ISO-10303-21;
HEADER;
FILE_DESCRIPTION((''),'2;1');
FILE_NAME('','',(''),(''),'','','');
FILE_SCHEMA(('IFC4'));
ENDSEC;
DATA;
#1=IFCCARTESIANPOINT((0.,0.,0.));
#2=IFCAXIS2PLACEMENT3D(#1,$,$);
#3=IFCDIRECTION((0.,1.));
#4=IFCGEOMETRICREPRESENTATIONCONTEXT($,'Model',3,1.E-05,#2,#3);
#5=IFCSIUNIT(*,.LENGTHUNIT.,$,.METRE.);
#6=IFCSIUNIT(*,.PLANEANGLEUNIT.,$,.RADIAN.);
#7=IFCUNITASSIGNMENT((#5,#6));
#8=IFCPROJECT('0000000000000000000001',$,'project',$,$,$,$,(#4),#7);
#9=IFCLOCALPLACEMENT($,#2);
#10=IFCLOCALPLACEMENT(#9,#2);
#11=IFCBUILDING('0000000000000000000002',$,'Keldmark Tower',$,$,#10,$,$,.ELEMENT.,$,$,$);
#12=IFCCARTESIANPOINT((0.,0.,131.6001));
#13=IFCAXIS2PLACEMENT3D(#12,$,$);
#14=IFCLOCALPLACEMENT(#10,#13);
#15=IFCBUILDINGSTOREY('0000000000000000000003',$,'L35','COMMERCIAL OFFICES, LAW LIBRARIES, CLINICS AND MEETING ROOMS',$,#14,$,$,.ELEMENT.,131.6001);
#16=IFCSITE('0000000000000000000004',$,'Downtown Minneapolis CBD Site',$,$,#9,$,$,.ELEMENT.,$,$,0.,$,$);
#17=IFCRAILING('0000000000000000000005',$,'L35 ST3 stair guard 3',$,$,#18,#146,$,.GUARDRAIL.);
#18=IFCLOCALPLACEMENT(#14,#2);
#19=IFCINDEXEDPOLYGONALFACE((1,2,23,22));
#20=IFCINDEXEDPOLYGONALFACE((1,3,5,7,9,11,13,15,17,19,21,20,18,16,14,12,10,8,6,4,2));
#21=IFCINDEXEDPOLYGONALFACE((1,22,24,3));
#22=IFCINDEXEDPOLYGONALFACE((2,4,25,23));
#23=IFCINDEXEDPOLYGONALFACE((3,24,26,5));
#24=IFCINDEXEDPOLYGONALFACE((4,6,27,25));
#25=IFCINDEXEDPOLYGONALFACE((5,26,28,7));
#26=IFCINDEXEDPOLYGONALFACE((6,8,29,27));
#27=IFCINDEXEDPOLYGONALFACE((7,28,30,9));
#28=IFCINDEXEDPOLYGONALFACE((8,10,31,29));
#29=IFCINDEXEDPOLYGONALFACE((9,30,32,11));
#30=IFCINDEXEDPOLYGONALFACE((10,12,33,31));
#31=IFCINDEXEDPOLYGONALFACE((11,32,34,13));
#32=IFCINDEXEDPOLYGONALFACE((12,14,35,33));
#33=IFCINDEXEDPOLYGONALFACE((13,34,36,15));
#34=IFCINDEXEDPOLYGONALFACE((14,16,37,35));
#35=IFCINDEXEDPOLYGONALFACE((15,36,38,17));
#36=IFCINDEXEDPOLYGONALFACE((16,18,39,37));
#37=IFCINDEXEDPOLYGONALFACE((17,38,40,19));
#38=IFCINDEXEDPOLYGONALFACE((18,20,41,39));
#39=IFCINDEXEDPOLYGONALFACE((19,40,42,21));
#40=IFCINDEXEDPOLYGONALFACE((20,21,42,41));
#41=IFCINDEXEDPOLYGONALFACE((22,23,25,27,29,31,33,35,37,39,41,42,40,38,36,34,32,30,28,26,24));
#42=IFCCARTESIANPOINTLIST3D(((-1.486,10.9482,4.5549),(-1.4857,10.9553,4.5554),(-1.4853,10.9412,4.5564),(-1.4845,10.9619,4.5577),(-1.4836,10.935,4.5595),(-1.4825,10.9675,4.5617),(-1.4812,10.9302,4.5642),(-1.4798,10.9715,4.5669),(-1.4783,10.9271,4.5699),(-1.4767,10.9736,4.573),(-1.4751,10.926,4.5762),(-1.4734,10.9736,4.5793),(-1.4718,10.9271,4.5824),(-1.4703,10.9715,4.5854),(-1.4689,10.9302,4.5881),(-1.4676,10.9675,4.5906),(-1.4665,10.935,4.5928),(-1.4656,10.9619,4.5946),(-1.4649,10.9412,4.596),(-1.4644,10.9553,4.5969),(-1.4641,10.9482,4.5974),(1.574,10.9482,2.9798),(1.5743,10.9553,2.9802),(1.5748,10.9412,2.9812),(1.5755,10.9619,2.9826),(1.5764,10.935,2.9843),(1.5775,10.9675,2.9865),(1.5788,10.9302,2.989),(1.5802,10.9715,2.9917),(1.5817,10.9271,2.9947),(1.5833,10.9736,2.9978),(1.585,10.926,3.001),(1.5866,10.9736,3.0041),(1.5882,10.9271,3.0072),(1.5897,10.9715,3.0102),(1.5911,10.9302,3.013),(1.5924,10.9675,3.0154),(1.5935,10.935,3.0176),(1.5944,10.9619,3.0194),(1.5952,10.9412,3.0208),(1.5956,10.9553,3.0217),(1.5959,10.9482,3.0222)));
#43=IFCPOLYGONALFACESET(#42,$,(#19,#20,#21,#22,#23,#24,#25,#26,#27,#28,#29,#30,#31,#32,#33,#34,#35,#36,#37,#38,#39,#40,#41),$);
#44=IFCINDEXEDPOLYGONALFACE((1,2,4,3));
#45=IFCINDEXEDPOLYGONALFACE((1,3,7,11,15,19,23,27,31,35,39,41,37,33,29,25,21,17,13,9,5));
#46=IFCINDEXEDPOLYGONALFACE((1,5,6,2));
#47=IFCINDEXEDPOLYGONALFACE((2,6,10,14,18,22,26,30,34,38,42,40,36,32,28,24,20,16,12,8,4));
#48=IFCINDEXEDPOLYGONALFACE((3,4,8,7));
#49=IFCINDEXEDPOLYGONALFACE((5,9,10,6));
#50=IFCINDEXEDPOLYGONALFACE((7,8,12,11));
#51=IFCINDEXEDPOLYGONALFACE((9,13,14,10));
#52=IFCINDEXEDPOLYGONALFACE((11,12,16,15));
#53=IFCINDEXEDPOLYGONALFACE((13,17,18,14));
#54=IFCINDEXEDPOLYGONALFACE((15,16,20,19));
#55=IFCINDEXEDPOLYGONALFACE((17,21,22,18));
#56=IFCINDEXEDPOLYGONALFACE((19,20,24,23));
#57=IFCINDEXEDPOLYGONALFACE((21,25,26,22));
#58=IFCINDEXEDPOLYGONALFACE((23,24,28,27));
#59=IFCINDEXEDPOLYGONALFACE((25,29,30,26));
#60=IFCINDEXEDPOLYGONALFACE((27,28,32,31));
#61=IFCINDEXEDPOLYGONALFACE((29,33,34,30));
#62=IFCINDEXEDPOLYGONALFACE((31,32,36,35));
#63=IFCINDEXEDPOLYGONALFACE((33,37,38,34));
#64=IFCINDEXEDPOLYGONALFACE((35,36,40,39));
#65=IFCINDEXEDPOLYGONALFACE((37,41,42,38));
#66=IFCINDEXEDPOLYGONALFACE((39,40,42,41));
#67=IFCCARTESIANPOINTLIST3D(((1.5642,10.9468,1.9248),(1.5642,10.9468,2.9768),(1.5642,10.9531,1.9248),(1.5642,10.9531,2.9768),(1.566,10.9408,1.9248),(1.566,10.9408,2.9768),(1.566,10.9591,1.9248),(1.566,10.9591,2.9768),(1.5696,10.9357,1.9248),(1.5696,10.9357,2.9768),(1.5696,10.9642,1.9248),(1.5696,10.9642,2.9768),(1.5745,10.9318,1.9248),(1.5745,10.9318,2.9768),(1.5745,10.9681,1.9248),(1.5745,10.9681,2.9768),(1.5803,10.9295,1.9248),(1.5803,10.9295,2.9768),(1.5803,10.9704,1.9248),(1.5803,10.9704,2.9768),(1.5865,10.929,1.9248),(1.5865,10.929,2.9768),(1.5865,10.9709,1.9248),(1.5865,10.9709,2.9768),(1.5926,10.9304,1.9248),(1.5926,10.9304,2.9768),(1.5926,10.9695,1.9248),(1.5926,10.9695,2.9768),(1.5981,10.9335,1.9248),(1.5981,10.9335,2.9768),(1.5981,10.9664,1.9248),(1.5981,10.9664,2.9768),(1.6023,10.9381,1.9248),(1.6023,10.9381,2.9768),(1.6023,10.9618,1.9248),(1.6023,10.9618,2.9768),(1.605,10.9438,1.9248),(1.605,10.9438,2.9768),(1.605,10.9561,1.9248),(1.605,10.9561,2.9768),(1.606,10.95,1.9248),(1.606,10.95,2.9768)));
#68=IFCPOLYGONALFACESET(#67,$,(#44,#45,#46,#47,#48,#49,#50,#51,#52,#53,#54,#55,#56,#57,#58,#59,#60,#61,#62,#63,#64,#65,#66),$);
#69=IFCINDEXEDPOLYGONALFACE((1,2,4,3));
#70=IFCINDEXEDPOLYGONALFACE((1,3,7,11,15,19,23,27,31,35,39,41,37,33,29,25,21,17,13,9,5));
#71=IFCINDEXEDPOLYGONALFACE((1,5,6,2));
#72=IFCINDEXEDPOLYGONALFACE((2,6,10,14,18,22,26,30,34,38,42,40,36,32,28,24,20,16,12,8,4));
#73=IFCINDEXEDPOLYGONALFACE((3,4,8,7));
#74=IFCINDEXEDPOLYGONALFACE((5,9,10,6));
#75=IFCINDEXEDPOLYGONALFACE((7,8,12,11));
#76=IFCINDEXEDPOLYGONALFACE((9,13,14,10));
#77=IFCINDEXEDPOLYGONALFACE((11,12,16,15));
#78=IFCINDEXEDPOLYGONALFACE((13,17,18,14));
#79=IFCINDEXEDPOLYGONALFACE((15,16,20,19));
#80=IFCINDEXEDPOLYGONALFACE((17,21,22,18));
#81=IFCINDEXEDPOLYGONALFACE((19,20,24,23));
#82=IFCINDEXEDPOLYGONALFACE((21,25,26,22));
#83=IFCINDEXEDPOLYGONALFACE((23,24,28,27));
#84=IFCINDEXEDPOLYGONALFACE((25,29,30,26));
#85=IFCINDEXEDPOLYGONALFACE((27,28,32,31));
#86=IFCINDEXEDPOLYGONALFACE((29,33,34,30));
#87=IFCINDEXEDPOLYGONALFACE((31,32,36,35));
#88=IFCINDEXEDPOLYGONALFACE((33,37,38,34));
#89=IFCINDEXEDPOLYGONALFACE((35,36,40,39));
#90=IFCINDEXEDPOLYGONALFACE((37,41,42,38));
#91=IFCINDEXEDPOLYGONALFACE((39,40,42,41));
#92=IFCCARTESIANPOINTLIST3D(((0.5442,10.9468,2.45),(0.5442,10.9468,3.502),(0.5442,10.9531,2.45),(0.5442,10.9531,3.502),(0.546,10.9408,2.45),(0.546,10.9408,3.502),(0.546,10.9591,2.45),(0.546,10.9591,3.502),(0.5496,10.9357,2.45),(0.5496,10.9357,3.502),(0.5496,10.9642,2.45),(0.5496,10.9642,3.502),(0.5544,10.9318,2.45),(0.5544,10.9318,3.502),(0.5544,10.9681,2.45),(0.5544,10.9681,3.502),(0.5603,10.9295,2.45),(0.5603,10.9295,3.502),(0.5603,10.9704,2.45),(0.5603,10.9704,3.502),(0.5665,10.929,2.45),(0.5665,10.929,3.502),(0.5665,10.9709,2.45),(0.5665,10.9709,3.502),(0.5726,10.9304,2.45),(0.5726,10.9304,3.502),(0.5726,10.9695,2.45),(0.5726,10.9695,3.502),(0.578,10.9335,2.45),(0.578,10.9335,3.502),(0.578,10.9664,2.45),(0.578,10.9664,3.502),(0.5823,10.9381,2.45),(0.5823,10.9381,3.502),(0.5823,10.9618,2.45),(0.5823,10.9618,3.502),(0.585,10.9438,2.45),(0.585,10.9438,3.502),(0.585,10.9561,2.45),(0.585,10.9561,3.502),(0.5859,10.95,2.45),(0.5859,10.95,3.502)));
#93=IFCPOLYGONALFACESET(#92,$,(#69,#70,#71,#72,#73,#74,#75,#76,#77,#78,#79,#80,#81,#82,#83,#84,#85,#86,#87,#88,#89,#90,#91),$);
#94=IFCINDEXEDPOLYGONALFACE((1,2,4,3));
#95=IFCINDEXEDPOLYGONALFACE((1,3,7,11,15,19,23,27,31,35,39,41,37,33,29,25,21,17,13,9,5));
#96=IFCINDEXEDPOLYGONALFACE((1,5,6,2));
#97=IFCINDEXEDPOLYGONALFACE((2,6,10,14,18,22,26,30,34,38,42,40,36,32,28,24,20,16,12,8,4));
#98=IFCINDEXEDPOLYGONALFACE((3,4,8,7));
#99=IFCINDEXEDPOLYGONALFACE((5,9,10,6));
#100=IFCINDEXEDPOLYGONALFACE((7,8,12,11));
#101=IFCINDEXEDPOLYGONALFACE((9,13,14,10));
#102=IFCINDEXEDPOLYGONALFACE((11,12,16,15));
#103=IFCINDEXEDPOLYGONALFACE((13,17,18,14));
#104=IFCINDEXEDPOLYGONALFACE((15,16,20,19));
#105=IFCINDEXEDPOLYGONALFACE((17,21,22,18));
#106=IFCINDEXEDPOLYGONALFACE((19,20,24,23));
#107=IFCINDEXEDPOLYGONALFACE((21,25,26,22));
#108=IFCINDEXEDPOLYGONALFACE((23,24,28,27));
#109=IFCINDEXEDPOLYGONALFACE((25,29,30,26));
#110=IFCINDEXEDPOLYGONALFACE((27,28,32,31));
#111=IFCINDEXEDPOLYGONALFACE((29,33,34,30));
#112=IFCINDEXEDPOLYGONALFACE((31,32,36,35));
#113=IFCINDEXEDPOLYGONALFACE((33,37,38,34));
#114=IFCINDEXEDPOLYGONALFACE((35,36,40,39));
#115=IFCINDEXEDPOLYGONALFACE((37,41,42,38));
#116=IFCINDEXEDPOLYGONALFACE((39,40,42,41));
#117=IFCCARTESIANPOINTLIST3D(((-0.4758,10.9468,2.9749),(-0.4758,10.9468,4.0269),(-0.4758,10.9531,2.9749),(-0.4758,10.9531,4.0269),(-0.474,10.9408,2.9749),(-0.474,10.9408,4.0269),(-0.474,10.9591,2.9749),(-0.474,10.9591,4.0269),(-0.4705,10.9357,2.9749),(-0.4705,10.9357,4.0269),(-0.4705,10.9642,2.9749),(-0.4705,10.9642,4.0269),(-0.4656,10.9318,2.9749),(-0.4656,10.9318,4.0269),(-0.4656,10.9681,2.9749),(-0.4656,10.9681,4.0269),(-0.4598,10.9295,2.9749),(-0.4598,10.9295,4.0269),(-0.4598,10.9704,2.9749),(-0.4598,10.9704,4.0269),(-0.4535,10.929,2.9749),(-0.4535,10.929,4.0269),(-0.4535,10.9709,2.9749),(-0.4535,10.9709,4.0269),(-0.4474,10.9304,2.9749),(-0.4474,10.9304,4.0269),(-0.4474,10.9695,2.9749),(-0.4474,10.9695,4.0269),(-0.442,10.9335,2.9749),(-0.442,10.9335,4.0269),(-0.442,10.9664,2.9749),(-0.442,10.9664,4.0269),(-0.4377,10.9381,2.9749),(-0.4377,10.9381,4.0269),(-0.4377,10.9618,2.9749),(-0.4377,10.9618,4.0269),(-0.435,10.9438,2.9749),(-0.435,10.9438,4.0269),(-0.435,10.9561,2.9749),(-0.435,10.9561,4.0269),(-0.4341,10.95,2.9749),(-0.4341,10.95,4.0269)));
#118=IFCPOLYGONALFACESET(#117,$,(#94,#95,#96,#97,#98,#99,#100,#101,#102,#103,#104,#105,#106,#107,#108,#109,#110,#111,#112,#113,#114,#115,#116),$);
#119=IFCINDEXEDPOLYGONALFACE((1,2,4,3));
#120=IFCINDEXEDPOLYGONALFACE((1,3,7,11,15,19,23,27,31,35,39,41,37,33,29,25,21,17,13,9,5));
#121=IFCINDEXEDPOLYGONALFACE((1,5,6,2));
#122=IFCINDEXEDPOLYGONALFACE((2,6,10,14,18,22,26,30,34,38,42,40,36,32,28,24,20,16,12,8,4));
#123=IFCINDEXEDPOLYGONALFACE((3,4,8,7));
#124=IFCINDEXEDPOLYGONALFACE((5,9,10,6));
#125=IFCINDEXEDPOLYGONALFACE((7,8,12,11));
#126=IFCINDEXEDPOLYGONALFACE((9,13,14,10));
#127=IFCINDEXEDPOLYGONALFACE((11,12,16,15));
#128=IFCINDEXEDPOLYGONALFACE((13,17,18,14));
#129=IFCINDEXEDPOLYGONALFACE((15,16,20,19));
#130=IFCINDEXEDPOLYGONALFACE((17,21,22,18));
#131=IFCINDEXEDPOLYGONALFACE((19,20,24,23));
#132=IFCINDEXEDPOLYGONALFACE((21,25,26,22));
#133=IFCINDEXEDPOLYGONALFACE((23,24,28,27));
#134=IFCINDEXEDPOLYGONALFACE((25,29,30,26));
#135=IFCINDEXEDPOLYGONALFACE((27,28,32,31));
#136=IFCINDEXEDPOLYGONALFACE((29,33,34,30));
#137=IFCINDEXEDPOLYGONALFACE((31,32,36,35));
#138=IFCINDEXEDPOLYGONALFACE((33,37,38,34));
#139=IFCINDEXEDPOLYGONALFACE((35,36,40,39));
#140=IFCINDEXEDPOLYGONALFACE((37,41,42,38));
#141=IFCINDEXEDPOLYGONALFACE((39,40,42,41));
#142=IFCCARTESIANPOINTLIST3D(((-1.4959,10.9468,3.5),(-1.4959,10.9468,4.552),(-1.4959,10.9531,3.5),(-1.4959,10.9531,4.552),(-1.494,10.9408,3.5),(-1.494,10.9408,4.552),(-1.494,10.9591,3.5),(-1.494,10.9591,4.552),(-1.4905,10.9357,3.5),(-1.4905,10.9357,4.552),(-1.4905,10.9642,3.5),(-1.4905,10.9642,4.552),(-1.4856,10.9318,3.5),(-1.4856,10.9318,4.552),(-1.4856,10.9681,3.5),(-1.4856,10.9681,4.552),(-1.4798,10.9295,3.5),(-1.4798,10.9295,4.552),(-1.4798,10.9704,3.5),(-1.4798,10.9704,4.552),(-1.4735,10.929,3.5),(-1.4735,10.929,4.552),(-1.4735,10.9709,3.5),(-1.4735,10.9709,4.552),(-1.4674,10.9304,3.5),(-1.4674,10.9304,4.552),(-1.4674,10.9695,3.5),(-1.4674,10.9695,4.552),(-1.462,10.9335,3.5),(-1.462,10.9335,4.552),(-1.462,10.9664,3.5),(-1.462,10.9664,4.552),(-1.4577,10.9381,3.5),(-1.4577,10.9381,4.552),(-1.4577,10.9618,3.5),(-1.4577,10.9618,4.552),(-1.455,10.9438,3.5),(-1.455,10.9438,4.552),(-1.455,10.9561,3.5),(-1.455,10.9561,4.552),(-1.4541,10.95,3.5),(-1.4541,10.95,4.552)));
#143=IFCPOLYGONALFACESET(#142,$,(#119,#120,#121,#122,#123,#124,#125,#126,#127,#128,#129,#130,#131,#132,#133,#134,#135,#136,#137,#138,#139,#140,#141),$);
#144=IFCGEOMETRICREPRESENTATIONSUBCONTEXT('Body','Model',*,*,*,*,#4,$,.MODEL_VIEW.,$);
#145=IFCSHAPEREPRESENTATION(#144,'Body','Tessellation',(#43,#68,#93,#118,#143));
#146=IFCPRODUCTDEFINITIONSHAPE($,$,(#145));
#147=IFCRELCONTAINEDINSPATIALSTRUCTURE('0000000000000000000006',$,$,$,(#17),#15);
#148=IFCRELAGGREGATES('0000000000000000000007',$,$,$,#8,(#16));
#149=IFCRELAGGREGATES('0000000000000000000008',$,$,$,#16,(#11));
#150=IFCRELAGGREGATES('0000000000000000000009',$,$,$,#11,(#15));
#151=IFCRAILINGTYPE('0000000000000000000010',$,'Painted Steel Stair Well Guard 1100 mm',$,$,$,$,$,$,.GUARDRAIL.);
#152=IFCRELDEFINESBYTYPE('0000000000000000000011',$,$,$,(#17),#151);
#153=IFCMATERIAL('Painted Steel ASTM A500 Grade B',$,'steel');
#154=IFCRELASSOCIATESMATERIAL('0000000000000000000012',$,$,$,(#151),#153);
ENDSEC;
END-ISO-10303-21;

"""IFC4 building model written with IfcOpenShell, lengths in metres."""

from ifc_helpers import new_model, si_unit, direction, frame, origin, origin_2d, place, context, subcontext, project, spatial, circle, extrude, material, type_object, element, save


model = new_model("IFC4")

# Units and contexts
model_context = context("Model", 3, precision=1e-05, world=origin(), true_north=direction((0.0, 1.0)))
body_context = subcontext(model_context, "Body", "Model", "MODEL_VIEW")
ifc_project = project(units=[si_unit("LENGTHUNIT", "METRE"), si_unit("PLANEANGLEUNIT", "RADIAN")], contexts=[model_context])

# Site, building, storey
site_placement = place(None, origin())
site = spatial("IfcSite", under=ifc_project, at=site_placement, Name="Downtown Minneapolis CBD Site", CompositionType="ELEMENT", RefElevation=0.0)
building_placement = place(site_placement, origin())
building = spatial("IfcBuilding", under=site, at=building_placement, Name="Keldmark Tower", CompositionType="ELEMENT")
storey_placement = place(building_placement, frame((0.0, 0.0, 131.6001)))
storey = spatial("IfcBuildingStorey", under=building, at=storey_placement, Name="L35", Description="COMMERCIAL OFFICES, LAW LIBRARIES, CLINICS AND MEETING ROOMS", CompositionType="ELEMENT", Elevation=131.6001)

# Railing
ifc_material_1 = material(Name="Painted Steel ASTM A500 Grade B", Category="steel")
railing_type_1 = type_object("IfcRailingType", Name="Painted Steel Stair Well Guard 1100 mm", PredefinedType="GUARDRAIL", material=ifc_material_1)
railing_1_placement = place(storey_placement, frame((1.585, 10.95, 1.9248)))
element("IfcRailing", 1, at=railing_1_placement, inside=storey, type_object=railing_type_1, Name="L35 ST3 stair guard 3", PredefinedType="GUARDRAIL", context=body_context, shape_type="SweptSolid", body=[
    extrude(circle(Radius=0.0239, at=origin_2d()), frame((0.0, 0.0, 1.0762), z_axis=(-0.889116, 0.0, 0.457681), x_axis=(0.0, -1.0, 0.0)), (0.0, 0.0, 1.0), 3.4417),
    extrude(circle(Radius=0.021, at=origin_2d()), origin(), (0.0, 0.0, 1.0), 1.052),
    extrude(circle(Radius=0.021, at=origin_2d()), frame((-1.02, 0.0, 0.5251)), (0.0, 0.0, 1.0), 1.052),
    extrude(circle(Radius=0.021, at=origin_2d()), frame((-2.04, 0.0, 1.05)), (0.0, 0.0, 1.0), 1.052),
    extrude(circle(Radius=0.021, at=origin_2d()), frame((-3.0601, 0.0, 1.5752)), (0.0, 0.0, 1.0), 1.052),
])

save(model, "model.ifc")
